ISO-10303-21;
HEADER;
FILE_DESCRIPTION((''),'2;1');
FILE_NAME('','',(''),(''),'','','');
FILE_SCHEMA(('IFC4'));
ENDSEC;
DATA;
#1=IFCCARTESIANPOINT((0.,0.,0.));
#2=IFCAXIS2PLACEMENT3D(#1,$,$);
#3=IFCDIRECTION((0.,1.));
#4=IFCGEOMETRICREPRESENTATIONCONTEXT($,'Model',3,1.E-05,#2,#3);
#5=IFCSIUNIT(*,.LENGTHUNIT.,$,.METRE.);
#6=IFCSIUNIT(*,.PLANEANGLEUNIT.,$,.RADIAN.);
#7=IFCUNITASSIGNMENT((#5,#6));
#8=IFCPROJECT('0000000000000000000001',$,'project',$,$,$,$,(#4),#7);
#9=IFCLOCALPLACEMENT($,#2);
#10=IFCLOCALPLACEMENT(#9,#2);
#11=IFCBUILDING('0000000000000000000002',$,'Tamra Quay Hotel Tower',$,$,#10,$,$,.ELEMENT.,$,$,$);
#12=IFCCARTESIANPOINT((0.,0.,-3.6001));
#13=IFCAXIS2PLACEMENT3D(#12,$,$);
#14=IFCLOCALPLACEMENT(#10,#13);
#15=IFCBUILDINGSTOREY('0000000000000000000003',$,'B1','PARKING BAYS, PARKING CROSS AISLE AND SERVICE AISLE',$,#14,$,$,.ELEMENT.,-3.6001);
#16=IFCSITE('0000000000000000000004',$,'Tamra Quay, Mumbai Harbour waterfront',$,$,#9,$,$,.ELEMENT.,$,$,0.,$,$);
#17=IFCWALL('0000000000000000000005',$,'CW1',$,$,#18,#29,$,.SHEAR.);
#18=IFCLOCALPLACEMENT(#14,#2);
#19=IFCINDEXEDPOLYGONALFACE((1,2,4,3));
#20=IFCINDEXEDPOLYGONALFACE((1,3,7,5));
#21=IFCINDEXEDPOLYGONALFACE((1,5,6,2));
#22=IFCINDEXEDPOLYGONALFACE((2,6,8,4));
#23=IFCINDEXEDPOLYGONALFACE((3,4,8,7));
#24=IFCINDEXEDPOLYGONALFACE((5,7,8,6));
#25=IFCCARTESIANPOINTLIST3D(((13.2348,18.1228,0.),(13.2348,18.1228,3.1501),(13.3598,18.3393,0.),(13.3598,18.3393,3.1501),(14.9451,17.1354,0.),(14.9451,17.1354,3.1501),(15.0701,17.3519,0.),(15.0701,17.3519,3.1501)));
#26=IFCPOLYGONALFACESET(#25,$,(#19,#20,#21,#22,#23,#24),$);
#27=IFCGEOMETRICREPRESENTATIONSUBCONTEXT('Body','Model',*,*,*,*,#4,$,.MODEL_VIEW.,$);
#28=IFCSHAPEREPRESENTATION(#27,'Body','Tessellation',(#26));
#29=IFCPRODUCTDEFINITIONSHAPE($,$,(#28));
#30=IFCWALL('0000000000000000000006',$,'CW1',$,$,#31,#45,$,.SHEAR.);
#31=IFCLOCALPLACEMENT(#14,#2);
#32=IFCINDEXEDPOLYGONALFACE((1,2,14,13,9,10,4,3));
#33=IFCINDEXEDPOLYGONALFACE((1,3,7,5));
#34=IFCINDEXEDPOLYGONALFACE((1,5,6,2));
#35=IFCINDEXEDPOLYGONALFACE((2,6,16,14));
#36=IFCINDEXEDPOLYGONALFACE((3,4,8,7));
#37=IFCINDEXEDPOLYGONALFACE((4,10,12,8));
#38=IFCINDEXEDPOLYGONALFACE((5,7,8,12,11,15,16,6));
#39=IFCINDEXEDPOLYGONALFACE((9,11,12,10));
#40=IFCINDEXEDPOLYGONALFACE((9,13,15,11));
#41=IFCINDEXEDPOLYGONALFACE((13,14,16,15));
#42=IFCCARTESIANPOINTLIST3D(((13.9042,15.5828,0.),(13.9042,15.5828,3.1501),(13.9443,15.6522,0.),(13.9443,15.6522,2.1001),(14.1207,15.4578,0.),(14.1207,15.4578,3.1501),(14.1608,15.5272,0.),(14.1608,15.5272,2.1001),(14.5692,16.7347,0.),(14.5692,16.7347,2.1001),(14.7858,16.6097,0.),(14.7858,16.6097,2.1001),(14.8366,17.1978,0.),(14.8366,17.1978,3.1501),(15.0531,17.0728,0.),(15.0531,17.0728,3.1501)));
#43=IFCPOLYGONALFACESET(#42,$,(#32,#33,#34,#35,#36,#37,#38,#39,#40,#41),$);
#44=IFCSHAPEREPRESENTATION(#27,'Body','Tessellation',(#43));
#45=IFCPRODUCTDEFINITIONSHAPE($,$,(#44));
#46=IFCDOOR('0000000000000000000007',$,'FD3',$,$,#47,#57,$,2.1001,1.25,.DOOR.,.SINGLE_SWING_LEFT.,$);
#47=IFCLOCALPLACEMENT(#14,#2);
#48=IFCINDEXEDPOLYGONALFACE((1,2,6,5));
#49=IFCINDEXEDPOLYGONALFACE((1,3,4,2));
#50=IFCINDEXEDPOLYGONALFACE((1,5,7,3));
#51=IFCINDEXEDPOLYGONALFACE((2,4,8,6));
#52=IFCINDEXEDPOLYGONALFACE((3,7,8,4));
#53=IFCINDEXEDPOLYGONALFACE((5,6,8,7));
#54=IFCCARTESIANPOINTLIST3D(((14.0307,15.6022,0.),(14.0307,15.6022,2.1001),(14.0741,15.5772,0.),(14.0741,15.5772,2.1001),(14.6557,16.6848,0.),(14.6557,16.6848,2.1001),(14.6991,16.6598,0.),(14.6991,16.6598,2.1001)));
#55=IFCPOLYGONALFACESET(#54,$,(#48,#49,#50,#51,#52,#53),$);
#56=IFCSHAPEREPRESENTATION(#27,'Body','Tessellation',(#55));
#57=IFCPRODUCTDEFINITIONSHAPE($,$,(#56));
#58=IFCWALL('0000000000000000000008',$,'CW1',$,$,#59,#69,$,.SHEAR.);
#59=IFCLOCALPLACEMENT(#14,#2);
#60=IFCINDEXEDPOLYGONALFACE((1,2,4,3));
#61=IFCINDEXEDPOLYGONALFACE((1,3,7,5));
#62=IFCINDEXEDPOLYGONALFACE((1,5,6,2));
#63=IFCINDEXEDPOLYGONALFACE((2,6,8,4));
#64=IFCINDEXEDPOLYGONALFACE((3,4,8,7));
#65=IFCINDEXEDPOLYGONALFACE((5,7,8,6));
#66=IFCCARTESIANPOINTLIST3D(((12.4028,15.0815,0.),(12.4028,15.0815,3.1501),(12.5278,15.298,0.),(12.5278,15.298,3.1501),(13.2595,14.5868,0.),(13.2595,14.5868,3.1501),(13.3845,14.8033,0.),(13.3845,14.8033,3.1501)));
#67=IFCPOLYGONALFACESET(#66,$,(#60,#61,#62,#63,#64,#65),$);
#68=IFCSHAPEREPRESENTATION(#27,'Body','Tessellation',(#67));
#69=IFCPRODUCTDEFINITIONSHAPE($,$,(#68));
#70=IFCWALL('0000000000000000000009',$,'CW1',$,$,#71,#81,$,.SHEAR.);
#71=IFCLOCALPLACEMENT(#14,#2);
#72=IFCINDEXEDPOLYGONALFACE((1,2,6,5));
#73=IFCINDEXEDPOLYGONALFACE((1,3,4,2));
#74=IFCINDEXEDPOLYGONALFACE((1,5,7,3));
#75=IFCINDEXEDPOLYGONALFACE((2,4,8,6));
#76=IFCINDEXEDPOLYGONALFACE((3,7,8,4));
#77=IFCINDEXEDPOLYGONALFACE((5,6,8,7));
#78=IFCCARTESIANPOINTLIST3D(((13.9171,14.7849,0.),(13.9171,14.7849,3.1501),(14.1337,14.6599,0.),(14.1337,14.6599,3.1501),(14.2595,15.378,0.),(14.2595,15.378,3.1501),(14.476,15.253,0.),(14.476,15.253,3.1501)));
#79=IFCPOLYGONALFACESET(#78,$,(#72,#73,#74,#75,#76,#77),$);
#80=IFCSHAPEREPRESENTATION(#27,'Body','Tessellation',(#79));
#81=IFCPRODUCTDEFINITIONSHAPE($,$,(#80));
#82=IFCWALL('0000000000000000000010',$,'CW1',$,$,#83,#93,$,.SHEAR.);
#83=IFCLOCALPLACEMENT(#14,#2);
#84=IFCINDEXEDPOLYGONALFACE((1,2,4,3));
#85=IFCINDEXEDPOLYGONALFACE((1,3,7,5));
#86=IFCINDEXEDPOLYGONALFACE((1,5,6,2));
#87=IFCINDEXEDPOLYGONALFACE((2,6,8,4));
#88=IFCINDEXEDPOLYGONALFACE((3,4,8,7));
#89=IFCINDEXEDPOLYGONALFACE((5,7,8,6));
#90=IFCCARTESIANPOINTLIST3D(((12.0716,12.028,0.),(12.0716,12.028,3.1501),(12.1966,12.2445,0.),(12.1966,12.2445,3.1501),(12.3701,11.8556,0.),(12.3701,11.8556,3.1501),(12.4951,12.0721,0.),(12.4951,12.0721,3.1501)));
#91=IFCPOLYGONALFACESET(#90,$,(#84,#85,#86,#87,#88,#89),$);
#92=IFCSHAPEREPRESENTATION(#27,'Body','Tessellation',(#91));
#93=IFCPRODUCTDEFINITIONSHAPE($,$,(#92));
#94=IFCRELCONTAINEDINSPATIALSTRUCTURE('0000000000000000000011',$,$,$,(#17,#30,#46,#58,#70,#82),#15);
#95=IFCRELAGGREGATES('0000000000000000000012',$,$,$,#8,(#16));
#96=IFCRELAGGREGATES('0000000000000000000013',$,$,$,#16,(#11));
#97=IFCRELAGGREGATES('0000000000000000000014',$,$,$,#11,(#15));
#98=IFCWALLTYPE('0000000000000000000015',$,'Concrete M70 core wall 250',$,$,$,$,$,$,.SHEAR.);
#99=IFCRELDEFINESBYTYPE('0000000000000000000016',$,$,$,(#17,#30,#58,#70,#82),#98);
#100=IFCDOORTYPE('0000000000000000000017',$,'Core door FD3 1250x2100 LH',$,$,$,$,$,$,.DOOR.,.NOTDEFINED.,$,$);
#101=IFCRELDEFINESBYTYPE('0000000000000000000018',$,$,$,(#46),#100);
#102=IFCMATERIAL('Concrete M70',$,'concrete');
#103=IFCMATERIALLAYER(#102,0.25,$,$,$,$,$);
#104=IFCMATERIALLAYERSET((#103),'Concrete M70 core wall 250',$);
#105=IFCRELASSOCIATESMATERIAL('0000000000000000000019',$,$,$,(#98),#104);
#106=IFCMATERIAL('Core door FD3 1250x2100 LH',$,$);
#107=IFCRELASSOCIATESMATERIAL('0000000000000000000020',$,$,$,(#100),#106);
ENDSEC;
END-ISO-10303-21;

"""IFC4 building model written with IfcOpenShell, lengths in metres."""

from ifc_helpers import new_model, si_unit, direction, frame, frame_2d, origin, place, context, subcontext, project, spatial, rectangle, extrude, material, layer, layer_set, type_object, element, fill, save


model = new_model("IFC4")

# Units and contexts
model_context = context("Model", 3, precision=1e-05, world=origin(), true_north=direction((0.0, 1.0)))
body_context = subcontext(model_context, "Body", "Model", "MODEL_VIEW")
ifc_project = project(units=[si_unit("LENGTHUNIT", "METRE"), si_unit("PLANEANGLEUNIT", "RADIAN")], contexts=[model_context])

# Site, building, storey
site_placement = place(None, origin())
site = spatial("IfcSite", under=ifc_project, at=site_placement, Name="Tamra Quay, Mumbai Harbour waterfront", CompositionType="ELEMENT", RefElevation=0.0)
building_placement = place(site_placement, origin())
building = spatial("IfcBuilding", under=site, at=building_placement, Name="Tamra Quay Hotel Tower", CompositionType="ELEMENT")
storey_placement = place(building_placement, frame((0.0, 0.0, -3.6001)))
storey = spatial("IfcBuildingStorey", under=building, at=storey_placement, Name="B1", Description="PARKING BAYS, PARKING CROSS AISLE AND SERVICE AISLE", CompositionType="ELEMENT", Elevation=-3.6001)

# Shared definitions
ifc_material_1 = material(Name="Concrete M70", Category="concrete")

# Wall
ifc_layer_1 = layer(ifc_material_1, 0.25)
ifc_layer_set_1 = layer_set([ifc_layer_1], Name="Concrete M70 core wall 250")
wall_type_1 = type_object("IfcWallType", Name="Concrete M70 core wall 250", PredefinedType="SHEAR", material=ifc_layer_set_1)
wall_1_placement = place(storey_placement, frame((13.2974, 18.231, 0.0), z_axis=(0.0, 0.0, 1.0), x_axis=(0.866044, -0.499969, 0.0)))
element("IfcWall", 1, at=wall_1_placement, inside=storey, type_object=wall_type_1, Name="CW1", PredefinedType="SHEAR", context=body_context, shape_type="SweptSolid", body=[
    extrude(rectangle(XDim=1.9749, YDim=0.25, at=frame_2d((0.9873, 0.0))), origin(), (0.0, 0.0, 1.0), 3.1501),
])

# Wall, opening, door
wall_2_placement = place(storey_placement, frame((14.9448, 17.1353, 0.0), z_axis=(0.0, 0.0, 1.0), x_axis=(-0.499983, -0.866035, 0.0)))
wall_2 = element("IfcWall", 2, at=wall_2_placement, inside=storey, type_object=wall_type_1, Name="CW1", PredefinedType="SHEAR", context=body_context, shape_type="SweptSolid", body=[
    extrude(rectangle(XDim=1.8647, YDim=0.25, at=frame_2d((0.9324, 0.0))), origin(), (0.0, 0.0, 1.0), 3.1501),
])
opening_1_placement = place(wall_2_placement, frame((0.5347, 0.0, 0.0)))
opening_1 = element("IfcOpeningElement", 3, at=opening_1_placement, cuts=wall_2, PredefinedType="OPENING", context=body_context, shape_type="SweptSolid", body=[
    extrude(rectangle(XDim=1.25, YDim=2.1001, at=frame_2d((0.625, 1.05))), frame((0.0, 0.135, 0.0), z_axis=(0.0, -1.0, 0.0), x_axis=(1.0, 0.0, 0.0)), (0.0, 0.0, 1.0), 0.27),
])
ifc_material_2 = material(Name="Core door FD3 1250x2100 LH")
door_type_1 = type_object("IfcDoorType", Name="Core door FD3 1250x2100 LH", OperationType="NOTDEFINED", PredefinedType="DOOR", material=ifc_material_2)
door_1_placement = place(opening_1_placement, origin())
door_1 = element("IfcDoor", 4, at=door_1_placement, inside=storey, type_object=door_type_1, Name="FD3", OperationType="SINGLE_SWING_LEFT", OverallHeight=2.1001, OverallWidth=1.25, PredefinedType="DOOR", context=body_context, shape_type="SweptSolid", body=[
    extrude(rectangle(XDim=1.25, YDim=2.1001, at=frame_2d((0.625, 1.05))), frame((0.0, 0.0249, 0.0), z_axis=(0.0, -1.0, 0.0), x_axis=(1.0, 0.0, 0.0)), (0.0, 0.0, 1.0), 0.05),
])
fill(opening_1, door_1)

# Walls
wall_3_placement = place(storey_placement, frame((13.322, 14.6951, 0.0), z_axis=(0.0, 0.0, 1.0), x_axis=(-0.866017, 0.500014, 0.0)))
element("IfcWall", 5, at=wall_3_placement, inside=storey, type_object=wall_type_1, Name="CW1", PredefinedType="SHEAR", context=body_context, shape_type="SweptSolid", body=[
    extrude(rectangle(XDim=0.9893, YDim=0.25, at=frame_2d((0.4946, 0.0))), origin(), (0.0, 0.0, 1.0), 3.1501),
])
wall_4_placement = place(storey_placement, frame((14.3677, 15.3154, 0.0), z_axis=(0.0, 0.0, 1.0), x_axis=(-0.499897, -0.866085, 0.0)))
element("IfcWall", 6, at=wall_4_placement, inside=storey, type_object=wall_type_1, Name="CW1", PredefinedType="SHEAR", context=body_context, shape_type="SweptSolid", body=[
    extrude(rectangle(XDim=0.6848, YDim=0.25, at=frame_2d((0.3423, 0.0))), origin(), (0.0, 0.0, 1.0), 3.1501),
])
wall_5_placement = place(storey_placement, frame((12.4326, 11.9639, 0.0), z_axis=(0.0, 0.0, 1.0), x_axis=(-0.866056, 0.499947, 0.0)))
element("IfcWall", 7, at=wall_5_placement, inside=storey, type_object=wall_type_1, Name="CW1", PredefinedType="SHEAR", context=body_context, shape_type="SweptSolid", body=[
    extrude(rectangle(XDim=0.3447, YDim=0.25, at=frame_2d((0.1724, 0.0))), origin(), (0.0, 0.0, 1.0), 3.1501),
])

save(model, "model.ifc")
